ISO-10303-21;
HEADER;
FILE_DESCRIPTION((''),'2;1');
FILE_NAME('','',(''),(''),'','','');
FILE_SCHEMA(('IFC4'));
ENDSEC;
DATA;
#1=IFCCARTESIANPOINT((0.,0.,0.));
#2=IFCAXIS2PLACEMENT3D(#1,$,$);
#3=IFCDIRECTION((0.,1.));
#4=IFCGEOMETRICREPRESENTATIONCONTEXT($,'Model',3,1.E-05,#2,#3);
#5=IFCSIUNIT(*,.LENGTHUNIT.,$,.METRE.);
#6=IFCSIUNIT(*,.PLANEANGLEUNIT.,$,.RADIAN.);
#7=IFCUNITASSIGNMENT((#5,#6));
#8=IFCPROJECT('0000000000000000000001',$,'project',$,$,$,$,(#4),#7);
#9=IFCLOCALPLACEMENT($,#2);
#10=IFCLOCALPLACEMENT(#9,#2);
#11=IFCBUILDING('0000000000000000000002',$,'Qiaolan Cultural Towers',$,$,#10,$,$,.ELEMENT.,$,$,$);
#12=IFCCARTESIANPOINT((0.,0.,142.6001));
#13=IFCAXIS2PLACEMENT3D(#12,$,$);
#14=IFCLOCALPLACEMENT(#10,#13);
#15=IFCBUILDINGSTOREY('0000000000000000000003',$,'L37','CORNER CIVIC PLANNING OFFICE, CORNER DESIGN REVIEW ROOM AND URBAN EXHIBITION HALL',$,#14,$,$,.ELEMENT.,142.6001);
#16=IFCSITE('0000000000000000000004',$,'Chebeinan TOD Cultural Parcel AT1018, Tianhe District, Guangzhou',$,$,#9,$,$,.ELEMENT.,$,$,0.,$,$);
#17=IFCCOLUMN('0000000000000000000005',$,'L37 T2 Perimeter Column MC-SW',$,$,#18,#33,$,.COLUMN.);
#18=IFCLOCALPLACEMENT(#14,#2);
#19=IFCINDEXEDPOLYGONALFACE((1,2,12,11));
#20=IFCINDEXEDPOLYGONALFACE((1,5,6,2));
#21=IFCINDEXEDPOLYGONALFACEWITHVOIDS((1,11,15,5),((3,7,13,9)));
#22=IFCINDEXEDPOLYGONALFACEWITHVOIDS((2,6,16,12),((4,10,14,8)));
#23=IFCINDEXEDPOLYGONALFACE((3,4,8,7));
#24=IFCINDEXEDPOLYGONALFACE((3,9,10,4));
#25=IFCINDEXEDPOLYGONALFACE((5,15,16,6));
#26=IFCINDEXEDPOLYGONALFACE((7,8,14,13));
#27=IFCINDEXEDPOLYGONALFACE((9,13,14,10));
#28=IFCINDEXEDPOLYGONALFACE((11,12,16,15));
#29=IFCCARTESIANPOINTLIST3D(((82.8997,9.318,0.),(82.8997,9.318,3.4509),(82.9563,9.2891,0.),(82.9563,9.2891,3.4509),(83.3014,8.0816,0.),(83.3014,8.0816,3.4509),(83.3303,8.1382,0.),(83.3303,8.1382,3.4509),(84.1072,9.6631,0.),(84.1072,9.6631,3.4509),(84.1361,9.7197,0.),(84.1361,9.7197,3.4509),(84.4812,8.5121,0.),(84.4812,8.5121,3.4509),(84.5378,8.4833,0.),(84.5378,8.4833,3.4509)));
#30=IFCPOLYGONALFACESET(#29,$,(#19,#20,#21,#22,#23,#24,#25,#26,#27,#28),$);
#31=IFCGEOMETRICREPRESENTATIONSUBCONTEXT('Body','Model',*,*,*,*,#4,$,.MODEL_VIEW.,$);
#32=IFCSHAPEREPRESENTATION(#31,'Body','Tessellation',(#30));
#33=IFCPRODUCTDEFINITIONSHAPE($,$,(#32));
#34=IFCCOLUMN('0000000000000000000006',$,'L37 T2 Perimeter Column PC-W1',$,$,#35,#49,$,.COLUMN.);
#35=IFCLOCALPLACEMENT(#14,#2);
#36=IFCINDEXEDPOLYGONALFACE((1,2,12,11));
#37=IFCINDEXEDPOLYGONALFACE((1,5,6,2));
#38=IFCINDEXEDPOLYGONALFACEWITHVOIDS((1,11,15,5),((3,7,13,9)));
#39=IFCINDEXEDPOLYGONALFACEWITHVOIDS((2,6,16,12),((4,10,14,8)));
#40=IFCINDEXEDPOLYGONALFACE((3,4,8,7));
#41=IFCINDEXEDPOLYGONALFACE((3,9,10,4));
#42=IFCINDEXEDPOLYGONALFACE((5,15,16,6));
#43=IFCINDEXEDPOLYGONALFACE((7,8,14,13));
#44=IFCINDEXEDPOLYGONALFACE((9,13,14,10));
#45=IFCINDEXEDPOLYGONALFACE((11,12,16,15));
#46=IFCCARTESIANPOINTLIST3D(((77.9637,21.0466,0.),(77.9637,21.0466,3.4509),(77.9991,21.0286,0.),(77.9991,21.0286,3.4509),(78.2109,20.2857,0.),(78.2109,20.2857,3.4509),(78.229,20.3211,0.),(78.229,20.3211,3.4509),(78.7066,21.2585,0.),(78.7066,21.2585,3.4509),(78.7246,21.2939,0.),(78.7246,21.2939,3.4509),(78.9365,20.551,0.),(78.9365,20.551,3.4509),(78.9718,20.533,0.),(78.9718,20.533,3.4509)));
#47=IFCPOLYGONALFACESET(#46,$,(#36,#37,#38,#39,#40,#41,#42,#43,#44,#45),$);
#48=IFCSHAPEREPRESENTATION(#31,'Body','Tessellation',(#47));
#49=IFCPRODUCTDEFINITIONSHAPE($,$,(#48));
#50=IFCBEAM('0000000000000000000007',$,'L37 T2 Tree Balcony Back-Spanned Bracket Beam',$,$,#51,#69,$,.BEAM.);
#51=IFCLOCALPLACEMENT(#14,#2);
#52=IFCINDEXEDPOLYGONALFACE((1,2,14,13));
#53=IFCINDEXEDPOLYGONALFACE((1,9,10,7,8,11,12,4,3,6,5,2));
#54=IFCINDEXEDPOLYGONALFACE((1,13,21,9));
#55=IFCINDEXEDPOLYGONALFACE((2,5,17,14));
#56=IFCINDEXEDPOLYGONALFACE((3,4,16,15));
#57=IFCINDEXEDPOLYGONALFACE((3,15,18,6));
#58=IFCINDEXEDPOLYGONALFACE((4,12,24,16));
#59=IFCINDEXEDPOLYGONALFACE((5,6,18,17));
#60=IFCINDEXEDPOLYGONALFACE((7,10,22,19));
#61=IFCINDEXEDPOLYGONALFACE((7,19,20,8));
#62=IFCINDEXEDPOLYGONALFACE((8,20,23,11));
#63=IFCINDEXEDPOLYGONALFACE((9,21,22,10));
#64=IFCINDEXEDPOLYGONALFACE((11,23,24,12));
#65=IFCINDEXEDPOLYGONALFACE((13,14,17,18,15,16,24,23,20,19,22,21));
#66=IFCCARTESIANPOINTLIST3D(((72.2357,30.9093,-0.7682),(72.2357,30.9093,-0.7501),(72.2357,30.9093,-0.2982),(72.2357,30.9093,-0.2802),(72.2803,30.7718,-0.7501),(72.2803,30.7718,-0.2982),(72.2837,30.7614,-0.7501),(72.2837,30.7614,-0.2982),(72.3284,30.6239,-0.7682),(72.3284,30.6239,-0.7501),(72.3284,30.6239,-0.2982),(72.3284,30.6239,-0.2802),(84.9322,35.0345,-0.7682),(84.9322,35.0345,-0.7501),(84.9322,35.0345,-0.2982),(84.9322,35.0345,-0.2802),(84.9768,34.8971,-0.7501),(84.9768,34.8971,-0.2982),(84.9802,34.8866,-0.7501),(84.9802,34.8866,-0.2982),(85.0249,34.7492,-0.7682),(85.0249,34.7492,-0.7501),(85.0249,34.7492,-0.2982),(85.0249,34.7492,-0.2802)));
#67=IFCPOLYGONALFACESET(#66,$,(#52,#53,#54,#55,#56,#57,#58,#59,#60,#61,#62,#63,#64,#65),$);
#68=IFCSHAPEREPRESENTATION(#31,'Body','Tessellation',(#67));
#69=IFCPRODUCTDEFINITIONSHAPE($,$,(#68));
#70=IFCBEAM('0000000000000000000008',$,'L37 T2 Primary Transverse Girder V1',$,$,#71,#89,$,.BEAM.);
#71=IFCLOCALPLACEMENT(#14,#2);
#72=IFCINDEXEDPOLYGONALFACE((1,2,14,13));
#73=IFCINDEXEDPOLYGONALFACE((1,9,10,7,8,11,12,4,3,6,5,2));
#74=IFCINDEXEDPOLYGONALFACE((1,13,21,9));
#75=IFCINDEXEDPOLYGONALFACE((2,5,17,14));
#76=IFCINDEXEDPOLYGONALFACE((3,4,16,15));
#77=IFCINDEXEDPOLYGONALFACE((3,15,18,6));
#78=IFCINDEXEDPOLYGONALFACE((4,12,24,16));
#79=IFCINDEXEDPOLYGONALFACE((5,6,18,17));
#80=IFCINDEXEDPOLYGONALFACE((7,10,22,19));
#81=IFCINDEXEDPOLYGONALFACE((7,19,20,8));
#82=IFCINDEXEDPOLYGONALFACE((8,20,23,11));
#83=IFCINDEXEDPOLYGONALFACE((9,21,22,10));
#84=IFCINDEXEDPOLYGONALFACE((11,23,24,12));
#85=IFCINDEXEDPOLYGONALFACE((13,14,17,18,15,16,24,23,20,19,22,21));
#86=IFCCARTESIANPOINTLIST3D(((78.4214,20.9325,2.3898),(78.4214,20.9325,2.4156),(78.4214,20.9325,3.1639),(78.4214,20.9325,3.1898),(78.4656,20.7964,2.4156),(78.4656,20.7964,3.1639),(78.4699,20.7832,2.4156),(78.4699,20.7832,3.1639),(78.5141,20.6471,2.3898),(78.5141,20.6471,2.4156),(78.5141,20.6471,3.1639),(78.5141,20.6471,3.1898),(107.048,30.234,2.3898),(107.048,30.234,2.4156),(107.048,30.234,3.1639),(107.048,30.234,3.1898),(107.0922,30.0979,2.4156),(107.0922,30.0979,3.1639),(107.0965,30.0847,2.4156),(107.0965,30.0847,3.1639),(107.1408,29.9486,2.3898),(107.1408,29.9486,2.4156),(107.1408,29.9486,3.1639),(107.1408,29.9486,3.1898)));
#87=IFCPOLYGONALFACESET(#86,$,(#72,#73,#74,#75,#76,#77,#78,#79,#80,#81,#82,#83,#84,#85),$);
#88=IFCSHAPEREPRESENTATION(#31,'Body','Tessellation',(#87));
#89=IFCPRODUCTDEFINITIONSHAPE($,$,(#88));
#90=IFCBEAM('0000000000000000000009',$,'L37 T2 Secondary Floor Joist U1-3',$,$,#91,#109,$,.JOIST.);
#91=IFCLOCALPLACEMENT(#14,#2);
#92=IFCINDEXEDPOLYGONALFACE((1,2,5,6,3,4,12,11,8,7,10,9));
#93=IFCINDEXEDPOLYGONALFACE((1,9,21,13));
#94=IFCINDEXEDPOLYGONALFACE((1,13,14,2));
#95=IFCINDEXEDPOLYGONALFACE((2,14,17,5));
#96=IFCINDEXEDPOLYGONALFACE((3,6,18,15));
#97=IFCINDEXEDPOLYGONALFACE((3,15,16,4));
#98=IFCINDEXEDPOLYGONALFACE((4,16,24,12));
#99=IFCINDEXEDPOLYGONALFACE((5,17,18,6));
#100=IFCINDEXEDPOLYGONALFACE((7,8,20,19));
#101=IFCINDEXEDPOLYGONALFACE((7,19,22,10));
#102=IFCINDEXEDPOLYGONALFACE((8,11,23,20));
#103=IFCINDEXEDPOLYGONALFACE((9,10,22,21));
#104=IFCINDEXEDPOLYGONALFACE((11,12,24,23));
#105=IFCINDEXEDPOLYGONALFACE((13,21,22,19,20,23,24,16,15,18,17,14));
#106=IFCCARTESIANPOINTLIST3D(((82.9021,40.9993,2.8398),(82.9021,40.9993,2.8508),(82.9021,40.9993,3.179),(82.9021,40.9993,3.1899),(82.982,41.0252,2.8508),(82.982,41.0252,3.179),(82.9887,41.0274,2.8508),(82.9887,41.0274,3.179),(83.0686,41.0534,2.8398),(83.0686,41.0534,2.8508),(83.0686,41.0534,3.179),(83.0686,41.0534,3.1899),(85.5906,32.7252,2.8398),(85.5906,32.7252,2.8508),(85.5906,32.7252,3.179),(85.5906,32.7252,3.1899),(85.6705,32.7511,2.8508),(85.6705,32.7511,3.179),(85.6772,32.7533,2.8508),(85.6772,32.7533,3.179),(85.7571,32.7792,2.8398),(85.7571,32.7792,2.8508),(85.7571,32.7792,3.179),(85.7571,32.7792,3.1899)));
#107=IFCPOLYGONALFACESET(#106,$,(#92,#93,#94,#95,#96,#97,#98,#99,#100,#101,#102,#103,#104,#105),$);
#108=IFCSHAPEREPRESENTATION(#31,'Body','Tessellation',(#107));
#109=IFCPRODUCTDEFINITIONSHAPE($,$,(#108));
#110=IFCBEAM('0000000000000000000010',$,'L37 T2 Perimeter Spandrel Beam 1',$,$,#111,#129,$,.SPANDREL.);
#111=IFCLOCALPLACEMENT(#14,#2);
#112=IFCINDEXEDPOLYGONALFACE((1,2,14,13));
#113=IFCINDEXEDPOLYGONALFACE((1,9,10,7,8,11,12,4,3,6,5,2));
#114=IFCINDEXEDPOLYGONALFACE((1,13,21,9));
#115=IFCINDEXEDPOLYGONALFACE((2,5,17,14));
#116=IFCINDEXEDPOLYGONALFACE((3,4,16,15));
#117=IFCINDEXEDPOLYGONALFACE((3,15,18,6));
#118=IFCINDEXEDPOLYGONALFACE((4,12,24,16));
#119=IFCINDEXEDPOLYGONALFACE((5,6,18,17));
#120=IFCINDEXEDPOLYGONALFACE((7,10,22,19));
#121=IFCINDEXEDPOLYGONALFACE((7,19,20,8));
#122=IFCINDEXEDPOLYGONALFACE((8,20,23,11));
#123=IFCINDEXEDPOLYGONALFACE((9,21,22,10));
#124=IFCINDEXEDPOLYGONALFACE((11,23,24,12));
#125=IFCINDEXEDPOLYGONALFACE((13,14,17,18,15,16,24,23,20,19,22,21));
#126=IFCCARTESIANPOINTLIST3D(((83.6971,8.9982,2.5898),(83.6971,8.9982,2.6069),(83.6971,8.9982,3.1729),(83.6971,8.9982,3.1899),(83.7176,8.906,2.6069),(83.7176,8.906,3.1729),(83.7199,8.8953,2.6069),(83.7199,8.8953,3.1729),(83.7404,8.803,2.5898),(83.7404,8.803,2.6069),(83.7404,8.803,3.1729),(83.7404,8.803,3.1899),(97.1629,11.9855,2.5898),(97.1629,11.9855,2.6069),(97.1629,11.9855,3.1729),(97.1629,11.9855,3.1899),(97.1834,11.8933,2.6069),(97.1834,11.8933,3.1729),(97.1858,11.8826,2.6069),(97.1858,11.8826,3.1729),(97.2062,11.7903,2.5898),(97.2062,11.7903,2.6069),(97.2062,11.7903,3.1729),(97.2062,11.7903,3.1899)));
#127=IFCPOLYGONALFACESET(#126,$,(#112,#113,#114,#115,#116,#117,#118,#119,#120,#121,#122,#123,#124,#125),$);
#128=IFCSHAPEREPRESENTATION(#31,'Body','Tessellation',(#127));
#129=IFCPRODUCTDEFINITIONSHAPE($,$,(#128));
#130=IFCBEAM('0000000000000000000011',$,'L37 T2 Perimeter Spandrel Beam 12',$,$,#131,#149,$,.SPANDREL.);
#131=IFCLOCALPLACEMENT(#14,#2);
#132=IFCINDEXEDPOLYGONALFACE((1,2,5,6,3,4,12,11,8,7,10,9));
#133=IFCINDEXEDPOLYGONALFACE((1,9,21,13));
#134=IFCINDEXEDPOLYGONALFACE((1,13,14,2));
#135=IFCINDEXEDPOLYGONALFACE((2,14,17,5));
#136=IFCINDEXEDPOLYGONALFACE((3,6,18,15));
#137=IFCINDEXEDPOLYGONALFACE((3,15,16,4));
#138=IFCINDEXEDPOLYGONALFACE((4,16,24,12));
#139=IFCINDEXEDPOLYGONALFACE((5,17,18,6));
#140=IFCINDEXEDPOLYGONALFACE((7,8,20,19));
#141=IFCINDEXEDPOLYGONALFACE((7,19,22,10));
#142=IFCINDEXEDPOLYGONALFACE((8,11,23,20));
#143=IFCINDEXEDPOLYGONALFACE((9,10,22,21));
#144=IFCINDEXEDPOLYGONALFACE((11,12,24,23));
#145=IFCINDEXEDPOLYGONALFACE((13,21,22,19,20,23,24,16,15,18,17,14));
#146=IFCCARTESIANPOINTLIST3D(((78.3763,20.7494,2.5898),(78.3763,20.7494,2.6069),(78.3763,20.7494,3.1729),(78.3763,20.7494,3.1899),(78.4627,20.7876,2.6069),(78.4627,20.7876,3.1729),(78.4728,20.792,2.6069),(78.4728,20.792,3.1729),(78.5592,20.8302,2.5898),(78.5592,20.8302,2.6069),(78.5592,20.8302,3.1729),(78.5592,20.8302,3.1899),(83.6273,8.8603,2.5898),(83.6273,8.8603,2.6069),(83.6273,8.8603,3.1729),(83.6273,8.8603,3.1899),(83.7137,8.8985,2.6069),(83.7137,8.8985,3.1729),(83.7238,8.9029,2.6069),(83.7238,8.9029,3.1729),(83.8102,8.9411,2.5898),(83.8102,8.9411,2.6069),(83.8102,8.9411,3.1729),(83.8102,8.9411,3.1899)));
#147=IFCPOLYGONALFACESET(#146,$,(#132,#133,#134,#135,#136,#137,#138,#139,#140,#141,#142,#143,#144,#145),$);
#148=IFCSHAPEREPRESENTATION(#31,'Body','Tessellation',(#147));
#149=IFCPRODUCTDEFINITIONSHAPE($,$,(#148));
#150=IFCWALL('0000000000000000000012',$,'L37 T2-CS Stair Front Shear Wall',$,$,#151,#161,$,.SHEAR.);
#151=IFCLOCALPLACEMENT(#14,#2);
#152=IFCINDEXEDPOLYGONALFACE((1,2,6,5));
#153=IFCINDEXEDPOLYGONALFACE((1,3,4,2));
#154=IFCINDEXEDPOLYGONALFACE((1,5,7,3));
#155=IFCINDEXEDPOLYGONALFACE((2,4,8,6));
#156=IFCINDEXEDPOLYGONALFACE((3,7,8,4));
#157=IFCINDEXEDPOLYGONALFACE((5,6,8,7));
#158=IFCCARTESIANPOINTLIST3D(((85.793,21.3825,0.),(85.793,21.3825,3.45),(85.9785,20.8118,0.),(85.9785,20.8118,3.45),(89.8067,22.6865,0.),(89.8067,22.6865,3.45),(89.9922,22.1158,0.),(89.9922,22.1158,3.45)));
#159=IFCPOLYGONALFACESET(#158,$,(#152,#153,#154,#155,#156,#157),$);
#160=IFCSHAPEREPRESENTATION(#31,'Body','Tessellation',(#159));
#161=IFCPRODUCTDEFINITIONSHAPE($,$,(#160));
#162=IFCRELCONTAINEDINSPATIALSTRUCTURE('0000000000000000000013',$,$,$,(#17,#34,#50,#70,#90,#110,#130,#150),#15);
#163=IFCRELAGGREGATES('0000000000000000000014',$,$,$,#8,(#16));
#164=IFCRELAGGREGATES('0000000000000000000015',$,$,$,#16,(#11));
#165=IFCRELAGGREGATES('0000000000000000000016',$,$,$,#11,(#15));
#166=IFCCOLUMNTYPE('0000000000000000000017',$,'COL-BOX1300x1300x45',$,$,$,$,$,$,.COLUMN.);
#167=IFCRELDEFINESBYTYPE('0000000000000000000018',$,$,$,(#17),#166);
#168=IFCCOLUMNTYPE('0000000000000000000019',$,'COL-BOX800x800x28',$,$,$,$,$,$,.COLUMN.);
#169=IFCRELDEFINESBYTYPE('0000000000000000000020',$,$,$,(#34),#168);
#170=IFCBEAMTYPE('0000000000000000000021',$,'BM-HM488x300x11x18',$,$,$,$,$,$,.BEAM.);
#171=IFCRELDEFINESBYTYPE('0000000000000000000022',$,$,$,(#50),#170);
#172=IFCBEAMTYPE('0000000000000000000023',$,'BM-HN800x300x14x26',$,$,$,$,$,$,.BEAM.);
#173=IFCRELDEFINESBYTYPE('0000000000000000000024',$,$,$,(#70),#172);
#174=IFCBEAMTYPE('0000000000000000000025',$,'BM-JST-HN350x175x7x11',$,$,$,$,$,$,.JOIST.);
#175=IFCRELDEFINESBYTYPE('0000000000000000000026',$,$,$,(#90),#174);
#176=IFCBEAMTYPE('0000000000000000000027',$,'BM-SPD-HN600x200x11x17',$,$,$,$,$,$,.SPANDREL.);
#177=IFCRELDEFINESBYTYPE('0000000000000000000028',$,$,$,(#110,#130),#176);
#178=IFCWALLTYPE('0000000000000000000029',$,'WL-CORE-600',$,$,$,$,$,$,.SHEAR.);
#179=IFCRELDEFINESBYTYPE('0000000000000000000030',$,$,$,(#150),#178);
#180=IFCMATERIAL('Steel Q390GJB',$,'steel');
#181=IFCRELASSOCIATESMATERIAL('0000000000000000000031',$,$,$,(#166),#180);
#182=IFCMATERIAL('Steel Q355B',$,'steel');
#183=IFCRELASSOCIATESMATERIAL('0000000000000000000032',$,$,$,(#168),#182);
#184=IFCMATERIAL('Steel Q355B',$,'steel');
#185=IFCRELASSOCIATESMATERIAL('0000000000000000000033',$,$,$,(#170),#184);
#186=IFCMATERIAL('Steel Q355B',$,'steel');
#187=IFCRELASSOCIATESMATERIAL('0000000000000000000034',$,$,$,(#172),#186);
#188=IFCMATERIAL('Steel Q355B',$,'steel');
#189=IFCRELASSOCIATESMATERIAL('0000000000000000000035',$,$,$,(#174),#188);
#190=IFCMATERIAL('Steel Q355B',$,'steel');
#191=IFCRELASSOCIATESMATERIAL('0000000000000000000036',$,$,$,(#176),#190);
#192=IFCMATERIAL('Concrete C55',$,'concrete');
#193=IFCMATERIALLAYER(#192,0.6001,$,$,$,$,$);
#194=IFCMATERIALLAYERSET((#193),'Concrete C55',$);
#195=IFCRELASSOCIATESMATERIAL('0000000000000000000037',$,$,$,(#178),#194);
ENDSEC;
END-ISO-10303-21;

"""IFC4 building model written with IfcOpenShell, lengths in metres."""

from ifc_helpers import new_model, si_unit, direction, frame, frame_2d, origin, origin_2d, place, context, subcontext, project, spatial, rectangle, hollow_rectangle, i_section, extrude, material, layer, layer_set, material_profile, profile_set, type_object, element, save


model = new_model("IFC4")

# Units and contexts
model_context = context("Model", 3, precision=1e-05, world=origin(), true_north=direction((0.0, 1.0)))
body_context = subcontext(model_context, "Body", "Model", "MODEL_VIEW")
ifc_project = project(units=[si_unit("LENGTHUNIT", "METRE"), si_unit("PLANEANGLEUNIT", "RADIAN")], contexts=[model_context])

# Site, building, storey
site_placement = place(None, origin())
site = spatial("IfcSite", under=ifc_project, at=site_placement, Name="Chebeinan TOD Cultural Parcel AT1018, Tianhe District, Guangzhou", CompositionType="ELEMENT", RefElevation=0.0)
building_placement = place(site_placement, origin())
building = spatial("IfcBuilding", under=site, at=building_placement, Name="Qiaolan Cultural Towers", CompositionType="ELEMENT")
storey_placement = place(building_placement, frame((0.0, 0.0, 142.6001)))
storey = spatial("IfcBuildingStorey", under=building, at=storey_placement, Name="L37", Description="CORNER CIVIC PLANNING OFFICE, CORNER DESIGN REVIEW ROOM AND URBAN EXHIBITION HALL", CompositionType="ELEMENT", Elevation=142.6001)

# Columns
ifc_material_1 = material(Name="Steel Q390GJB", Category="steel")
ifc_material_profile_1 = material_profile(ifc_material_1, hollow_rectangle(XDim=1.3, YDim=1.3, WallThickness=0.0449, at=origin_2d()), Name="BOX1300x1300x45")
ifc_profile_set_1 = profile_set([ifc_material_profile_1], Name="Steel Q390GJB")
column_type_1 = type_object("IfcColumnType", Name="COL-BOX1300x1300x45", PredefinedType="COLUMN", material=ifc_profile_set_1)
column_1_placement = place(storey_placement, frame((83.7188, 8.9006, 0.0), z_axis=(0.0, 0.0, 1.0), x_axis=(0.951057, 0.309017, 0.0)))
element("IfcColumn", 1, at=column_1_placement, inside=storey, type_object=column_type_1, Name="L37 T2 Perimeter Column MC-SW", PredefinedType="COLUMN", context=body_context, shape_type="SweptSolid", body=[
    extrude(hollow_rectangle(XDim=1.3, YDim=1.3, WallThickness=0.0449, at=origin_2d()), origin(), (0.0, 0.0, 1.0), 3.4509),
])
ifc_material_2 = material(Name="Steel Q355B", Category="steel")
ifc_material_profile_2 = material_profile(ifc_material_2, hollow_rectangle(XDim=0.8, YDim=0.8, WallThickness=0.0281, at=origin_2d()), Name="BOX800x800x28")
ifc_profile_set_2 = profile_set([ifc_material_profile_2], Name="Steel Q355B")
column_type_2 = type_object("IfcColumnType", Name="COL-BOX800x800x28", PredefinedType="COLUMN", material=ifc_profile_set_2)
column_2_placement = place(storey_placement, frame((78.4678, 20.7898, 0.0), z_axis=(0.0, 0.0, 1.0), x_axis=(0.951057, 0.309017, 0.0)))
element("IfcColumn", 2, at=column_2_placement, inside=storey, type_object=column_type_2, Name="L37 T2 Perimeter Column PC-W1", PredefinedType="COLUMN", context=body_context, shape_type="SweptSolid", body=[
    extrude(hollow_rectangle(XDim=0.8, YDim=0.8, WallThickness=0.0281, at=origin_2d()), origin(), (0.0, 0.0, 1.0), 3.4509),
])

# Beams
ifc_material_3 = material(Name="Steel Q355B", Category="steel")
ifc_material_profile_3 = material_profile(ifc_material_3, i_section(OverallWidth=0.3, OverallDepth=0.488, WebThickness=0.011, FlangeThickness=0.0181, at=origin_2d()), Name="HM488x300x11x18")
ifc_profile_set_3 = profile_set([ifc_material_profile_3], Name="Steel Q355B")
beam_type_1 = type_object("IfcBeamType", Name="BM-HM488x300x11x18", PredefinedType="BEAM", material=ifc_profile_set_3)
beam_1_placement = place(storey_placement, frame((84.9785, 34.8918, -0.5242), z_axis=(-0.951059, -0.30901, 0.0), x_axis=(0.30901, -0.951059, 0.0)))
element("IfcBeam", 3, at=beam_1_placement, inside=storey, type_object=beam_type_1, Name="L37 T2 Tree Balcony Back-Spanned Bracket Beam", PredefinedType="BEAM", context=body_context, shape_type="SweptSolid", body=[
    extrude(i_section(OverallWidth=0.3, OverallDepth=0.488, WebThickness=0.011, FlangeThickness=0.0181, at=origin_2d()), origin(), (0.0, 0.0, 1.0), 13.3499),
])
ifc_material_4 = material(Name="Steel Q355B", Category="steel")
ifc_material_profile_4 = material_profile(ifc_material_4, i_section(OverallWidth=0.3, OverallDepth=0.8, WebThickness=0.0139, FlangeThickness=0.0259, at=origin_2d()), Name="HN800x300x14x26")
ifc_profile_set_4 = profile_set([ifc_material_profile_4], Name="Steel Q355B")
beam_type_2 = type_object("IfcBeamType", Name="BM-HN800x300x14x26", PredefinedType="BEAM", material=ifc_profile_set_4)
beam_2_placement = place(storey_placement, frame((78.4678, 20.7898, 2.7898), z_axis=(0.951055, 0.309021, 0.0), x_axis=(-0.309021, 0.951055, 0.0)))
element("IfcBeam", 4, at=beam_2_placement, inside=storey, type_object=beam_type_2, Name="L37 T2 Primary Transverse Girder V1", PredefinedType="BEAM", context=body_context, shape_type="SweptSolid", body=[
    extrude(i_section(OverallWidth=0.3, OverallDepth=0.8, WebThickness=0.0139, FlangeThickness=0.0259, at=origin_2d()), origin(), (0.0, 0.0, 1.0), 30.0999),
])
ifc_material_5 = material(Name="Steel Q355B", Category="steel")
ifc_material_profile_5 = material_profile(ifc_material_5, i_section(OverallWidth=0.175, OverallDepth=0.3501, WebThickness=0.0071, FlangeThickness=0.011, at=origin_2d()), Name="HN350x175x7x11")
ifc_profile_set_5 = profile_set([ifc_material_profile_5], Name="Steel Q355B")
beam_type_3 = type_object("IfcBeamType", Name="BM-JST-HN350x175x7x11", PredefinedType="JOIST", material=ifc_profile_set_5)
beam_3_placement = place(storey_placement, frame((85.6738, 32.7522, 3.0149), z_axis=(-0.309021, 0.951055, 0.0), x_axis=(-0.951055, -0.309021, 0.0)))
element("IfcBeam", 5, at=beam_3_placement, inside=storey, type_object=beam_type_3, Name="L37 T2 Secondary Floor Joist U1-3", PredefinedType="JOIST", context=body_context, shape_type="SweptSolid", body=[
    extrude(i_section(OverallWidth=0.175, OverallDepth=0.3501, WebThickness=0.0071, FlangeThickness=0.011, at=origin_2d()), origin(), (0.0, 0.0, 1.0), 8.7),
])
ifc_material_6 = material(Name="Steel Q355B", Category="steel")
ifc_material_profile_6 = material_profile(ifc_material_6, i_section(OverallWidth=0.2, OverallDepth=0.6001, WebThickness=0.011, FlangeThickness=0.0171, at=origin_2d()), Name="HN600x200x11x17")
ifc_profile_set_6 = profile_set([ifc_material_profile_6], Name="Steel Q355B")
beam_type_4 = type_object("IfcBeamType", Name="BM-SPD-HN600x200x11x17", PredefinedType="SPANDREL", material=ifc_profile_set_6)
beam_4_placement = place(storey_placement, frame((83.7188, 8.9006, 2.8899), z_axis=(0.976265, 0.216578, 0.0), x_axis=(-0.216578, 0.976265, 0.0)))
element("IfcBeam", 6, at=beam_4_placement, inside=storey, type_object=beam_type_4, Name="L37 T2 Perimeter Spandrel Beam 1", PredefinedType="SPANDREL", context=body_context, shape_type="SweptSolid", body=[
    extrude(i_section(OverallWidth=0.2, OverallDepth=0.6001, WebThickness=0.011, FlangeThickness=0.0171, at=origin_2d()), origin(), (0.0, 0.0, 1.0), 13.7932),
])
beam_5_placement = place(storey_placement, frame((78.4678, 20.7898, 2.8899), z_axis=(0.404011, -0.914754, 0.0), x_axis=(0.914754, 0.404011, 0.0)))
element("IfcBeam", 7, at=beam_5_placement, inside=storey, type_object=beam_type_4, Name="L37 T2 Perimeter Spandrel Beam 12", PredefinedType="SPANDREL", context=body_context, shape_type="SweptSolid", body=[
    extrude(i_section(OverallWidth=0.2, OverallDepth=0.6001, WebThickness=0.011, FlangeThickness=0.0171, at=origin_2d()), origin(), (0.0, 0.0, 1.0), 12.9971),
])

# Wall
ifc_material_7 = material(Name="Concrete C55", Category="concrete")
ifc_layer_1 = layer(ifc_material_7, 0.6001)
ifc_layer_set_1 = layer_set([ifc_layer_1], Name="Concrete C55")
wall_type_1 = type_object("IfcWallType", Name="WL-CORE-600", PredefinedType="SHEAR", material=ifc_layer_set_1)
wall_1_placement = place(storey_placement, frame((85.8857, 21.0972, 0.0), z_axis=(0.0, 0.0, 1.0), x_axis=(0.951068, 0.308981, 0.0)))
element("IfcWall", 8, at=wall_1_placement, inside=storey, type_object=wall_type_1, Name="L37 T2-CS Stair Front Shear Wall", PredefinedType="SHEAR", context=body_context, shape_type="SweptSolid", body=[
    extrude(rectangle(XDim=4.2202, YDim=0.6001, at=frame_2d((2.1101, 0.0))), origin(), (0.0, 0.0, 1.0), 3.45),
])

save(model, "model.ifc")
